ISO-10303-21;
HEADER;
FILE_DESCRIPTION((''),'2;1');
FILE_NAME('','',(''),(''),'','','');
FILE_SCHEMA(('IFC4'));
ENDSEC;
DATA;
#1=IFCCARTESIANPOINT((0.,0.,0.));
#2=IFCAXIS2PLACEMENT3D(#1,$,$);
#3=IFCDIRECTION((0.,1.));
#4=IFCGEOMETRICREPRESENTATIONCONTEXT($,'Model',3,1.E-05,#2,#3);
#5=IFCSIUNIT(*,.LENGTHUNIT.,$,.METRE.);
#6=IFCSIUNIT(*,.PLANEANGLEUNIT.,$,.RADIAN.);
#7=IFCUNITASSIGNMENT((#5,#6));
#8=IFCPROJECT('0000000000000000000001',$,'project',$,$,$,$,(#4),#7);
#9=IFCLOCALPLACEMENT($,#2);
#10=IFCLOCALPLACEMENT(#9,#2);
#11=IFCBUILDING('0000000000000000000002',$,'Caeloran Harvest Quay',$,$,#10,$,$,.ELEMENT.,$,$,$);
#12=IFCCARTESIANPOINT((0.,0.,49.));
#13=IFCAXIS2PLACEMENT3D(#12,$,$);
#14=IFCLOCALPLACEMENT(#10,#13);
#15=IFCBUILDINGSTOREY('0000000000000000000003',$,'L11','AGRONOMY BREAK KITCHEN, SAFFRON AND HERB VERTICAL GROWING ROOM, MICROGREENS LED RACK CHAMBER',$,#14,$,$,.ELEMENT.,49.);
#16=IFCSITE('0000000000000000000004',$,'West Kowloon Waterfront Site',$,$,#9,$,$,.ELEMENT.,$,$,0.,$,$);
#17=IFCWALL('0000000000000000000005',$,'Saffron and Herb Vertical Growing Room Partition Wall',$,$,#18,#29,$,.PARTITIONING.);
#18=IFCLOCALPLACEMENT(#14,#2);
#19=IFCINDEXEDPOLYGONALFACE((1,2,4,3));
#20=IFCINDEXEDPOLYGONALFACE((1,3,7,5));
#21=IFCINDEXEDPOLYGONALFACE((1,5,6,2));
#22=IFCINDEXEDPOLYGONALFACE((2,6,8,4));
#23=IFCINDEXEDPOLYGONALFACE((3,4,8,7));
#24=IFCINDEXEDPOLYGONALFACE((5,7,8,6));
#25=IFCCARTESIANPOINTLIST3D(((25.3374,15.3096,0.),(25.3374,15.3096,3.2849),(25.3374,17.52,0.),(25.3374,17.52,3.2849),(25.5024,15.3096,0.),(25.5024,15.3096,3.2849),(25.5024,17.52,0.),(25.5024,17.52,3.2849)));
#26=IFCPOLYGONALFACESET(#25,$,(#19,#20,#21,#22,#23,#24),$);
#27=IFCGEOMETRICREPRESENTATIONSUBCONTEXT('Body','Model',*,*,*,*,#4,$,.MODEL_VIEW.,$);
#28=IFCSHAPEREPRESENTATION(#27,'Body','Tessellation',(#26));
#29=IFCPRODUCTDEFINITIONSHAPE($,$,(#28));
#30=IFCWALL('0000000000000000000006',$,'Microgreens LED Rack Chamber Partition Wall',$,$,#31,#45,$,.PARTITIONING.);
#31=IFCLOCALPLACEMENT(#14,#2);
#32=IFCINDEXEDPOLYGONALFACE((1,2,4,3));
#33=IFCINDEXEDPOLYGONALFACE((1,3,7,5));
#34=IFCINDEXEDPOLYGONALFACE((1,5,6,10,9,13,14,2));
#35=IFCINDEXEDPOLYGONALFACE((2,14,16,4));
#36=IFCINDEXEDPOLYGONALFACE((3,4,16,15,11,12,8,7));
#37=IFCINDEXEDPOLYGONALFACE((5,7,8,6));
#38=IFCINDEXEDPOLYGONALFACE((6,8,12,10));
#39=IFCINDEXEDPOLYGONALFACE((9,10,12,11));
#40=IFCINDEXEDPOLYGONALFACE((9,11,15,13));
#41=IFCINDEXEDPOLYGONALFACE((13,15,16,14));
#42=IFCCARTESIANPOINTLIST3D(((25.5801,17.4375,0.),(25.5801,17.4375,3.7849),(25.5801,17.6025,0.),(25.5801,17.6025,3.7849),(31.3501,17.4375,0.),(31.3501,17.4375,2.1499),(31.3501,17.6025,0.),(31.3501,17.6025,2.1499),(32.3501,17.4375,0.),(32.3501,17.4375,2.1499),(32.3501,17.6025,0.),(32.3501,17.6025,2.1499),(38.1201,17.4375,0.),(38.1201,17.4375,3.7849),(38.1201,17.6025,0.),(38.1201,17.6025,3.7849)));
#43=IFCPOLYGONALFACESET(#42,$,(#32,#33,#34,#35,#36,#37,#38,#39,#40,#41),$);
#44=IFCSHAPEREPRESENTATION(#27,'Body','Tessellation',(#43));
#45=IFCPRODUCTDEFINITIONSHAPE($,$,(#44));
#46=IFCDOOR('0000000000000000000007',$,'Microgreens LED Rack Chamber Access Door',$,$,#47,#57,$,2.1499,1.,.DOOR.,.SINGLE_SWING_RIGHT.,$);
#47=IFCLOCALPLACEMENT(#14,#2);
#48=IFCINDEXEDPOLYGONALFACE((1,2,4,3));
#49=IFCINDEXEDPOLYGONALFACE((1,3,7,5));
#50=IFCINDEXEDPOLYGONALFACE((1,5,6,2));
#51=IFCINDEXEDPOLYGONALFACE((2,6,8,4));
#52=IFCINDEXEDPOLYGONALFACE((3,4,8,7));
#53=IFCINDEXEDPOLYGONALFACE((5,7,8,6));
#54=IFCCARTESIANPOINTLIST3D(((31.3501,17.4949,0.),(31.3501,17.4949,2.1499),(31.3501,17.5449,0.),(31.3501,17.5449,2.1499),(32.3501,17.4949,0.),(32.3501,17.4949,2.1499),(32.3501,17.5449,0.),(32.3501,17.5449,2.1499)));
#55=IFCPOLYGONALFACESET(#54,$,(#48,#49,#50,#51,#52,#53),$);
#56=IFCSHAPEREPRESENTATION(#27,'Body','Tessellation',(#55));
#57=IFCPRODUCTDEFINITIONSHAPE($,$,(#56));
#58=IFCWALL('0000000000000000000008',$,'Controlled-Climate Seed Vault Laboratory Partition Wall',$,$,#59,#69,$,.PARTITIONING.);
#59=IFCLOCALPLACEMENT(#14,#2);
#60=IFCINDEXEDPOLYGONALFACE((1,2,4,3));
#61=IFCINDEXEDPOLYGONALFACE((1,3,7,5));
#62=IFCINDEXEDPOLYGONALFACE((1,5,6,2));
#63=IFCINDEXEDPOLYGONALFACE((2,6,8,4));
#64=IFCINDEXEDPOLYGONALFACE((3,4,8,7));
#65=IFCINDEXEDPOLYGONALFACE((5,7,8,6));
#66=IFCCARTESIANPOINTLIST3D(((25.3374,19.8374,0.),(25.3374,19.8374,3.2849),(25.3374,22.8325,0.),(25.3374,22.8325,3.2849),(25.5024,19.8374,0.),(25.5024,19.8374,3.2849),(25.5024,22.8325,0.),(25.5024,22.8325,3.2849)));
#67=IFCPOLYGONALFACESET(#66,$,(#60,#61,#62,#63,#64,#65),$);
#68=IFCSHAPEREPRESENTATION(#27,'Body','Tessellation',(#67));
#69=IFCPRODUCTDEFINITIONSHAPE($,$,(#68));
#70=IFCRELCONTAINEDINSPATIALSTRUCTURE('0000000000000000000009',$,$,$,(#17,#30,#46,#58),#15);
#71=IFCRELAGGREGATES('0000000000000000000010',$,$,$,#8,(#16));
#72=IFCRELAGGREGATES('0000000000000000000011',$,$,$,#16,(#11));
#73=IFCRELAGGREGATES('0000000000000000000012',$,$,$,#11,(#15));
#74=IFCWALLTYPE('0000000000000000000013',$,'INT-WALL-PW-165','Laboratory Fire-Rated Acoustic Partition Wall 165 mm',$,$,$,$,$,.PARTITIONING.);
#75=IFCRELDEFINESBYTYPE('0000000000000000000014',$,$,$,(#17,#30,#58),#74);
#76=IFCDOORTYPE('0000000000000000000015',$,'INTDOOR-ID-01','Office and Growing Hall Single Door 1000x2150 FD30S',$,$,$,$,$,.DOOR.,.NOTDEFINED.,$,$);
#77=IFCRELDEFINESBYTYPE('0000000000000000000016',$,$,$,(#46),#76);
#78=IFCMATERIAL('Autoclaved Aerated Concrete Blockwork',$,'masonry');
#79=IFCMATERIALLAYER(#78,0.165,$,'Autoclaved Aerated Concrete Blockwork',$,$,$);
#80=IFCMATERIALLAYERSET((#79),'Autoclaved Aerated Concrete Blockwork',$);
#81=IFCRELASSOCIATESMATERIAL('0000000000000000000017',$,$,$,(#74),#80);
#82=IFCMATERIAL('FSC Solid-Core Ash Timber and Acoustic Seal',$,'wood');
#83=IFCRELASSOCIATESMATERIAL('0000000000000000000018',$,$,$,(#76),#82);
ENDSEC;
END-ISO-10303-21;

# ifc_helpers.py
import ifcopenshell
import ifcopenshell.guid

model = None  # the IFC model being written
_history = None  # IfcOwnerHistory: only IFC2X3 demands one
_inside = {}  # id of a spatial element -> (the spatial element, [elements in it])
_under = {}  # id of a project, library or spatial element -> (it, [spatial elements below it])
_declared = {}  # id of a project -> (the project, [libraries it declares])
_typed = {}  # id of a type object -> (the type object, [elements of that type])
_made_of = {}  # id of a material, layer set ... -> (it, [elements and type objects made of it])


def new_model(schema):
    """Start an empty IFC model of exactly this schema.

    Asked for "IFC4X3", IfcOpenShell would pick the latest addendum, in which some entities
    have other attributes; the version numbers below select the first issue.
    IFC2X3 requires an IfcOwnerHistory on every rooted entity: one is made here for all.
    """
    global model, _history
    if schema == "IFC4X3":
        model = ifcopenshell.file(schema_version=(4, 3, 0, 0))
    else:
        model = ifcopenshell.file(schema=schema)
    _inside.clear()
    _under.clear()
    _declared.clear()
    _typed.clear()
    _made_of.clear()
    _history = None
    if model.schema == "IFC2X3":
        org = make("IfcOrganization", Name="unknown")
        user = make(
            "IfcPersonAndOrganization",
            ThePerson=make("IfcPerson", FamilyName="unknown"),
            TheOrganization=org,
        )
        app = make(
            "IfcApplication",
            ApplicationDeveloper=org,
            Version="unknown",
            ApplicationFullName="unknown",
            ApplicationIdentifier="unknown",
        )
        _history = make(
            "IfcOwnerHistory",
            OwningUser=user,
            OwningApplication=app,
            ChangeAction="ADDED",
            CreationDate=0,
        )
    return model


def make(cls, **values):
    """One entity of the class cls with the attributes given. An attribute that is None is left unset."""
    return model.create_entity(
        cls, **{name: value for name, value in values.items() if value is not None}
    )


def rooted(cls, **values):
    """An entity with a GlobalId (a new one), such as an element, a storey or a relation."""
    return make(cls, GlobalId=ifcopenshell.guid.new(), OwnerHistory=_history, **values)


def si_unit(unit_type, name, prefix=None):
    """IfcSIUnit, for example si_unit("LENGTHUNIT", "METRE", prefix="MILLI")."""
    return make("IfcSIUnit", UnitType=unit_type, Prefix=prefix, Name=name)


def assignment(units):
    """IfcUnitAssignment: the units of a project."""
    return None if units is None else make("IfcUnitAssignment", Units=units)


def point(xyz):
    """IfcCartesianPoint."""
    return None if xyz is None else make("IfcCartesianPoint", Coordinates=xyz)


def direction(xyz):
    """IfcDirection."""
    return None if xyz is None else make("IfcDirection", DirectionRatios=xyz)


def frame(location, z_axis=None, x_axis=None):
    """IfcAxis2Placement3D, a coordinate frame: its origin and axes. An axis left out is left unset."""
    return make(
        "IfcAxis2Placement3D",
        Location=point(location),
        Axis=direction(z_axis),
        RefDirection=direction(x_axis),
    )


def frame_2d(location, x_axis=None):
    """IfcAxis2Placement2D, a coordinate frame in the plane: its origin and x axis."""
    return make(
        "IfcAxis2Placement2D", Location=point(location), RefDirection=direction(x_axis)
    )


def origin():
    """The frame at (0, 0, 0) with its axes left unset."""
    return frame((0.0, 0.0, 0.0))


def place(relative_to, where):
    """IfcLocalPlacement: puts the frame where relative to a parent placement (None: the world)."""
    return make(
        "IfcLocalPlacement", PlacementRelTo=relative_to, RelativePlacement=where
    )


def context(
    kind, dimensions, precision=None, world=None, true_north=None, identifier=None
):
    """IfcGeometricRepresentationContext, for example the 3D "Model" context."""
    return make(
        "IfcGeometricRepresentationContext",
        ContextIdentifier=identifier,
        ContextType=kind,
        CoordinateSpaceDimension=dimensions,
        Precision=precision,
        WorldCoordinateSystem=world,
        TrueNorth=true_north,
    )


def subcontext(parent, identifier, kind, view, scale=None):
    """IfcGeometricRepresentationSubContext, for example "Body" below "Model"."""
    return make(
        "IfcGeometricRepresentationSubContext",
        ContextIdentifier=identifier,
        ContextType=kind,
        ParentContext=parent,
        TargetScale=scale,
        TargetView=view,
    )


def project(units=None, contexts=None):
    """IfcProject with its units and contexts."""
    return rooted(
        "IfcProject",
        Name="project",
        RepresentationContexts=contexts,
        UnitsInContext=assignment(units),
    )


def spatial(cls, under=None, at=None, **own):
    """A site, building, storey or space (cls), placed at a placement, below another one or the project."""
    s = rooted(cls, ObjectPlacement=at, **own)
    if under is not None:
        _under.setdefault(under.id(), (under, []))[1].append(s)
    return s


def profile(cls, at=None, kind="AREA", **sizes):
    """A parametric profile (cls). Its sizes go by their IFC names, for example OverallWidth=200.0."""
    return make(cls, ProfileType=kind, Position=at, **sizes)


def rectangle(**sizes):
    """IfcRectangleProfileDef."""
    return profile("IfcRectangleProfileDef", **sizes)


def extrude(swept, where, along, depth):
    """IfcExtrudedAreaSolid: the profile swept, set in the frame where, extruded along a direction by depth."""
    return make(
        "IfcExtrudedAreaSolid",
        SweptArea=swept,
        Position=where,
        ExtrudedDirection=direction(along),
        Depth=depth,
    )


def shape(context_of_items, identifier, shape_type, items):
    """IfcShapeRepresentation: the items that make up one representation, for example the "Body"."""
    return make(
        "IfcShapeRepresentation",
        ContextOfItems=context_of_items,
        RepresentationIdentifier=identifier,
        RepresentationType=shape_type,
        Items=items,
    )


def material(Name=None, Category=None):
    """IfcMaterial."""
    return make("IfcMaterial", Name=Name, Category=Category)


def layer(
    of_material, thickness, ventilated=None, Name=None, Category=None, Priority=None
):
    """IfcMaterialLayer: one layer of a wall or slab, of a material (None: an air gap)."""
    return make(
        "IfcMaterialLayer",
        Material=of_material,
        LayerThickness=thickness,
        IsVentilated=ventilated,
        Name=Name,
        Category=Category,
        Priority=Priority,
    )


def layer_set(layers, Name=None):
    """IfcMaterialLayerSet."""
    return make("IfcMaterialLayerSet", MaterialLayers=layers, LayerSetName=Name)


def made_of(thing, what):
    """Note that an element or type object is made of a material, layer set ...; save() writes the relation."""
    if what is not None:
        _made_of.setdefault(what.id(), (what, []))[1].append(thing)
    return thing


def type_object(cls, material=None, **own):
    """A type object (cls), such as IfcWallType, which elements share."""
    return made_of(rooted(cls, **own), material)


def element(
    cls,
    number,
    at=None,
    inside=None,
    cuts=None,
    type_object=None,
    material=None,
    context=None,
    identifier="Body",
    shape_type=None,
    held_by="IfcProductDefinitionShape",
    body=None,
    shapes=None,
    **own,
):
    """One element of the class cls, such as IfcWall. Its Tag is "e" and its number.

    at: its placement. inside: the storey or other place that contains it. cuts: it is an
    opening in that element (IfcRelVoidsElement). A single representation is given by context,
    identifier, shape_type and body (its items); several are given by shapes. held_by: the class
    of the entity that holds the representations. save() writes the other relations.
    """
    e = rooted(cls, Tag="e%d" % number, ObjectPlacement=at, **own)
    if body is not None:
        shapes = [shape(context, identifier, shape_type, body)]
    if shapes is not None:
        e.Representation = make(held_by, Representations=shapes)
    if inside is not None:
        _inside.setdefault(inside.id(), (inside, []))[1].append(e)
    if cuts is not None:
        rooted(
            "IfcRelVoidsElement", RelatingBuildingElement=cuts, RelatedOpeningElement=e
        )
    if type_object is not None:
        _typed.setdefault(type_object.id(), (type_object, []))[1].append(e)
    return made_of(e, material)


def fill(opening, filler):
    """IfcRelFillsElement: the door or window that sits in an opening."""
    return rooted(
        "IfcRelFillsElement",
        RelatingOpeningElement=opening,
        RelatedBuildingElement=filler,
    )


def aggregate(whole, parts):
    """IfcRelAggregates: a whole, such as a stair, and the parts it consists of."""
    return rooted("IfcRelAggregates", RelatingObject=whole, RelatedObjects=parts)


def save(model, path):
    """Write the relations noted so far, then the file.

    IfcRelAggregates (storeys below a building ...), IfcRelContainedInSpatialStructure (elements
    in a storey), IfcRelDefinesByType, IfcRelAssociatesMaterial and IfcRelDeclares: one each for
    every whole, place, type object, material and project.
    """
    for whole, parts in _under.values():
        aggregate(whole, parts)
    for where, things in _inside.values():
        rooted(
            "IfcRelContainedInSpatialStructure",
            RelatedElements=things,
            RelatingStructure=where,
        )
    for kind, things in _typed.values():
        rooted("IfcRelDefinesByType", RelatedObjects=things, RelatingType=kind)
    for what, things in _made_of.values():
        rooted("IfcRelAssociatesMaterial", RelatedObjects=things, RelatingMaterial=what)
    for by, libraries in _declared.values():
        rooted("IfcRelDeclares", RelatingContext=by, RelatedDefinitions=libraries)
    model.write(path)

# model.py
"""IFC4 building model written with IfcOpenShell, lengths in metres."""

from ifc_helpers import new_model, si_unit, direction, frame, frame_2d, origin, place, context, subcontext, project, spatial, rectangle, extrude, material, layer, layer_set, type_object, element, fill, save


model = new_model("IFC4")

# Units and contexts
model_context = context("Model", 3, precision=1e-05, world=origin(), true_north=direction((0.0, 1.0)))
body_context = subcontext(model_context, "Body", "Model", "MODEL_VIEW")
ifc_project = project(units=[si_unit("LENGTHUNIT", "METRE"), si_unit("PLANEANGLEUNIT", "RADIAN")], contexts=[model_context])

# Site, building, storey
site_placement = place(None, origin())
site = spatial("IfcSite", under=ifc_project, at=site_placement, Name="West Kowloon Waterfront Site", CompositionType="ELEMENT", RefElevation=0.0)
building_placement = place(site_placement, origin())
building = spatial("IfcBuilding", under=site, at=building_placement, Name="Caeloran Harvest Quay", CompositionType="ELEMENT")
storey_placement = place(building_placement, frame((0.0, 0.0, 49.0)))
storey = spatial("IfcBuildingStorey", under=building, at=storey_placement, Name="L11", Description="AGRONOMY BREAK KITCHEN, SAFFRON AND HERB VERTICAL GROWING ROOM, MICROGREENS LED RACK CHAMBER", CompositionType="ELEMENT", Elevation=49.0)

# Wall
ifc_material_1 = material(Name="Autoclaved Aerated Concrete Blockwork", Category="masonry")
ifc_layer = layer(ifc_material_1, 0.165, Name="Autoclaved Aerated Concrete Blockwork")
ifc_layer_set = layer_set([ifc_layer], Name="Autoclaved Aerated Concrete Blockwork")
wall_type = type_object("IfcWallType", Name="INT-WALL-PW-165", Description="Laboratory Fire-Rated Acoustic Partition Wall 165 mm", PredefinedType="PARTITIONING", material=ifc_layer_set)
wall_1_placement = place(storey_placement, frame((25.4199, 17.52, 0.0), z_axis=(0.0, 0.0, 1.0), x_axis=(0.0, -1.0, 0.0)))
element("IfcWall", 1, at=wall_1_placement, inside=storey, type_object=wall_type, Name="Saffron and Herb Vertical Growing Room Partition Wall", PredefinedType="PARTITIONING", context=body_context, shape_type="SweptSolid", body=[
    extrude(rectangle(XDim=2.2104, YDim=0.165, at=frame_2d((1.1052, 0.0))), origin(), (0.0, 0.0, 1.0), 3.2849),
])

# Wall, opening, door
wall_2_placement = place(storey_placement, frame((25.5801, 17.52, 0.0), z_axis=(0.0, 0.0, 1.0), x_axis=(1.0, 0.0, 0.0)))
wall_2 = element("IfcWall", 2, at=wall_2_placement, inside=storey, type_object=wall_type, Name="Microgreens LED Rack Chamber Partition Wall", PredefinedType="PARTITIONING", context=body_context, shape_type="SweptSolid", body=[
    extrude(rectangle(XDim=12.54, YDim=0.165, at=frame_2d((6.27, 0.0))), origin(), (0.0, 0.0, 1.0), 3.7849),
])
opening_1_placement = place(wall_2_placement, frame((5.77, 0.0, 0.0)))
opening_1 = element("IfcOpeningElement", 3, at=opening_1_placement, cuts=wall_2, PredefinedType="OPENING", context=body_context, shape_type="SweptSolid", body=[
    extrude(rectangle(XDim=1.0, YDim=2.1499, at=frame_2d((0.5, 1.075))), frame((0.0, 0.0925, 0.0), z_axis=(0.0, -1.0, 0.0), x_axis=(1.0, 0.0, 0.0)), (0.0, 0.0, 1.0), 0.1851),
])
ifc_material_2 = material(Name="FSC Solid-Core Ash Timber and Acoustic Seal", Category="wood")
door_type = type_object("IfcDoorType", Name="INTDOOR-ID-01", Description="Office and Growing Hall Single Door 1000x2150 FD30S", OperationType="NOTDEFINED", PredefinedType="DOOR", material=ifc_material_2)
door_1_placement = place(opening_1_placement, origin())
door_1 = element("IfcDoor", 4, at=door_1_placement, inside=storey, type_object=door_type, Name="Microgreens LED Rack Chamber Access Door", OperationType="SINGLE_SWING_RIGHT", OverallHeight=2.1499, OverallWidth=1.0, PredefinedType="DOOR", context=body_context, shape_type="SweptSolid", body=[
    extrude(rectangle(XDim=1.0, YDim=2.1499, at=frame_2d((0.5, 1.075))), frame((0.0, 0.0249, 0.0), z_axis=(0.0, -1.0, 0.0), x_axis=(1.0, 0.0, 0.0)), (0.0, 0.0, 1.0), 0.05),
])
fill(opening_1, door_1)

# Wall
wall_3_placement = place(storey_placement, frame((25.4199, 22.8325, 0.0), z_axis=(0.0, 0.0, 1.0), x_axis=(0.0, -1.0, 0.0)))
element("IfcWall", 5, at=wall_3_placement, inside=storey, type_object=wall_type, Name="Controlled-Climate Seed Vault Laboratory Partition Wall", PredefinedType="PARTITIONING", context=body_context, shape_type="SweptSolid", body=[
    extrude(rectangle(XDim=2.9951, YDim=0.165, at=frame_2d((1.4976, 0.0))), origin(), (0.0, 0.0, 1.0), 3.2849),
])

save(model, "model.ifc")
